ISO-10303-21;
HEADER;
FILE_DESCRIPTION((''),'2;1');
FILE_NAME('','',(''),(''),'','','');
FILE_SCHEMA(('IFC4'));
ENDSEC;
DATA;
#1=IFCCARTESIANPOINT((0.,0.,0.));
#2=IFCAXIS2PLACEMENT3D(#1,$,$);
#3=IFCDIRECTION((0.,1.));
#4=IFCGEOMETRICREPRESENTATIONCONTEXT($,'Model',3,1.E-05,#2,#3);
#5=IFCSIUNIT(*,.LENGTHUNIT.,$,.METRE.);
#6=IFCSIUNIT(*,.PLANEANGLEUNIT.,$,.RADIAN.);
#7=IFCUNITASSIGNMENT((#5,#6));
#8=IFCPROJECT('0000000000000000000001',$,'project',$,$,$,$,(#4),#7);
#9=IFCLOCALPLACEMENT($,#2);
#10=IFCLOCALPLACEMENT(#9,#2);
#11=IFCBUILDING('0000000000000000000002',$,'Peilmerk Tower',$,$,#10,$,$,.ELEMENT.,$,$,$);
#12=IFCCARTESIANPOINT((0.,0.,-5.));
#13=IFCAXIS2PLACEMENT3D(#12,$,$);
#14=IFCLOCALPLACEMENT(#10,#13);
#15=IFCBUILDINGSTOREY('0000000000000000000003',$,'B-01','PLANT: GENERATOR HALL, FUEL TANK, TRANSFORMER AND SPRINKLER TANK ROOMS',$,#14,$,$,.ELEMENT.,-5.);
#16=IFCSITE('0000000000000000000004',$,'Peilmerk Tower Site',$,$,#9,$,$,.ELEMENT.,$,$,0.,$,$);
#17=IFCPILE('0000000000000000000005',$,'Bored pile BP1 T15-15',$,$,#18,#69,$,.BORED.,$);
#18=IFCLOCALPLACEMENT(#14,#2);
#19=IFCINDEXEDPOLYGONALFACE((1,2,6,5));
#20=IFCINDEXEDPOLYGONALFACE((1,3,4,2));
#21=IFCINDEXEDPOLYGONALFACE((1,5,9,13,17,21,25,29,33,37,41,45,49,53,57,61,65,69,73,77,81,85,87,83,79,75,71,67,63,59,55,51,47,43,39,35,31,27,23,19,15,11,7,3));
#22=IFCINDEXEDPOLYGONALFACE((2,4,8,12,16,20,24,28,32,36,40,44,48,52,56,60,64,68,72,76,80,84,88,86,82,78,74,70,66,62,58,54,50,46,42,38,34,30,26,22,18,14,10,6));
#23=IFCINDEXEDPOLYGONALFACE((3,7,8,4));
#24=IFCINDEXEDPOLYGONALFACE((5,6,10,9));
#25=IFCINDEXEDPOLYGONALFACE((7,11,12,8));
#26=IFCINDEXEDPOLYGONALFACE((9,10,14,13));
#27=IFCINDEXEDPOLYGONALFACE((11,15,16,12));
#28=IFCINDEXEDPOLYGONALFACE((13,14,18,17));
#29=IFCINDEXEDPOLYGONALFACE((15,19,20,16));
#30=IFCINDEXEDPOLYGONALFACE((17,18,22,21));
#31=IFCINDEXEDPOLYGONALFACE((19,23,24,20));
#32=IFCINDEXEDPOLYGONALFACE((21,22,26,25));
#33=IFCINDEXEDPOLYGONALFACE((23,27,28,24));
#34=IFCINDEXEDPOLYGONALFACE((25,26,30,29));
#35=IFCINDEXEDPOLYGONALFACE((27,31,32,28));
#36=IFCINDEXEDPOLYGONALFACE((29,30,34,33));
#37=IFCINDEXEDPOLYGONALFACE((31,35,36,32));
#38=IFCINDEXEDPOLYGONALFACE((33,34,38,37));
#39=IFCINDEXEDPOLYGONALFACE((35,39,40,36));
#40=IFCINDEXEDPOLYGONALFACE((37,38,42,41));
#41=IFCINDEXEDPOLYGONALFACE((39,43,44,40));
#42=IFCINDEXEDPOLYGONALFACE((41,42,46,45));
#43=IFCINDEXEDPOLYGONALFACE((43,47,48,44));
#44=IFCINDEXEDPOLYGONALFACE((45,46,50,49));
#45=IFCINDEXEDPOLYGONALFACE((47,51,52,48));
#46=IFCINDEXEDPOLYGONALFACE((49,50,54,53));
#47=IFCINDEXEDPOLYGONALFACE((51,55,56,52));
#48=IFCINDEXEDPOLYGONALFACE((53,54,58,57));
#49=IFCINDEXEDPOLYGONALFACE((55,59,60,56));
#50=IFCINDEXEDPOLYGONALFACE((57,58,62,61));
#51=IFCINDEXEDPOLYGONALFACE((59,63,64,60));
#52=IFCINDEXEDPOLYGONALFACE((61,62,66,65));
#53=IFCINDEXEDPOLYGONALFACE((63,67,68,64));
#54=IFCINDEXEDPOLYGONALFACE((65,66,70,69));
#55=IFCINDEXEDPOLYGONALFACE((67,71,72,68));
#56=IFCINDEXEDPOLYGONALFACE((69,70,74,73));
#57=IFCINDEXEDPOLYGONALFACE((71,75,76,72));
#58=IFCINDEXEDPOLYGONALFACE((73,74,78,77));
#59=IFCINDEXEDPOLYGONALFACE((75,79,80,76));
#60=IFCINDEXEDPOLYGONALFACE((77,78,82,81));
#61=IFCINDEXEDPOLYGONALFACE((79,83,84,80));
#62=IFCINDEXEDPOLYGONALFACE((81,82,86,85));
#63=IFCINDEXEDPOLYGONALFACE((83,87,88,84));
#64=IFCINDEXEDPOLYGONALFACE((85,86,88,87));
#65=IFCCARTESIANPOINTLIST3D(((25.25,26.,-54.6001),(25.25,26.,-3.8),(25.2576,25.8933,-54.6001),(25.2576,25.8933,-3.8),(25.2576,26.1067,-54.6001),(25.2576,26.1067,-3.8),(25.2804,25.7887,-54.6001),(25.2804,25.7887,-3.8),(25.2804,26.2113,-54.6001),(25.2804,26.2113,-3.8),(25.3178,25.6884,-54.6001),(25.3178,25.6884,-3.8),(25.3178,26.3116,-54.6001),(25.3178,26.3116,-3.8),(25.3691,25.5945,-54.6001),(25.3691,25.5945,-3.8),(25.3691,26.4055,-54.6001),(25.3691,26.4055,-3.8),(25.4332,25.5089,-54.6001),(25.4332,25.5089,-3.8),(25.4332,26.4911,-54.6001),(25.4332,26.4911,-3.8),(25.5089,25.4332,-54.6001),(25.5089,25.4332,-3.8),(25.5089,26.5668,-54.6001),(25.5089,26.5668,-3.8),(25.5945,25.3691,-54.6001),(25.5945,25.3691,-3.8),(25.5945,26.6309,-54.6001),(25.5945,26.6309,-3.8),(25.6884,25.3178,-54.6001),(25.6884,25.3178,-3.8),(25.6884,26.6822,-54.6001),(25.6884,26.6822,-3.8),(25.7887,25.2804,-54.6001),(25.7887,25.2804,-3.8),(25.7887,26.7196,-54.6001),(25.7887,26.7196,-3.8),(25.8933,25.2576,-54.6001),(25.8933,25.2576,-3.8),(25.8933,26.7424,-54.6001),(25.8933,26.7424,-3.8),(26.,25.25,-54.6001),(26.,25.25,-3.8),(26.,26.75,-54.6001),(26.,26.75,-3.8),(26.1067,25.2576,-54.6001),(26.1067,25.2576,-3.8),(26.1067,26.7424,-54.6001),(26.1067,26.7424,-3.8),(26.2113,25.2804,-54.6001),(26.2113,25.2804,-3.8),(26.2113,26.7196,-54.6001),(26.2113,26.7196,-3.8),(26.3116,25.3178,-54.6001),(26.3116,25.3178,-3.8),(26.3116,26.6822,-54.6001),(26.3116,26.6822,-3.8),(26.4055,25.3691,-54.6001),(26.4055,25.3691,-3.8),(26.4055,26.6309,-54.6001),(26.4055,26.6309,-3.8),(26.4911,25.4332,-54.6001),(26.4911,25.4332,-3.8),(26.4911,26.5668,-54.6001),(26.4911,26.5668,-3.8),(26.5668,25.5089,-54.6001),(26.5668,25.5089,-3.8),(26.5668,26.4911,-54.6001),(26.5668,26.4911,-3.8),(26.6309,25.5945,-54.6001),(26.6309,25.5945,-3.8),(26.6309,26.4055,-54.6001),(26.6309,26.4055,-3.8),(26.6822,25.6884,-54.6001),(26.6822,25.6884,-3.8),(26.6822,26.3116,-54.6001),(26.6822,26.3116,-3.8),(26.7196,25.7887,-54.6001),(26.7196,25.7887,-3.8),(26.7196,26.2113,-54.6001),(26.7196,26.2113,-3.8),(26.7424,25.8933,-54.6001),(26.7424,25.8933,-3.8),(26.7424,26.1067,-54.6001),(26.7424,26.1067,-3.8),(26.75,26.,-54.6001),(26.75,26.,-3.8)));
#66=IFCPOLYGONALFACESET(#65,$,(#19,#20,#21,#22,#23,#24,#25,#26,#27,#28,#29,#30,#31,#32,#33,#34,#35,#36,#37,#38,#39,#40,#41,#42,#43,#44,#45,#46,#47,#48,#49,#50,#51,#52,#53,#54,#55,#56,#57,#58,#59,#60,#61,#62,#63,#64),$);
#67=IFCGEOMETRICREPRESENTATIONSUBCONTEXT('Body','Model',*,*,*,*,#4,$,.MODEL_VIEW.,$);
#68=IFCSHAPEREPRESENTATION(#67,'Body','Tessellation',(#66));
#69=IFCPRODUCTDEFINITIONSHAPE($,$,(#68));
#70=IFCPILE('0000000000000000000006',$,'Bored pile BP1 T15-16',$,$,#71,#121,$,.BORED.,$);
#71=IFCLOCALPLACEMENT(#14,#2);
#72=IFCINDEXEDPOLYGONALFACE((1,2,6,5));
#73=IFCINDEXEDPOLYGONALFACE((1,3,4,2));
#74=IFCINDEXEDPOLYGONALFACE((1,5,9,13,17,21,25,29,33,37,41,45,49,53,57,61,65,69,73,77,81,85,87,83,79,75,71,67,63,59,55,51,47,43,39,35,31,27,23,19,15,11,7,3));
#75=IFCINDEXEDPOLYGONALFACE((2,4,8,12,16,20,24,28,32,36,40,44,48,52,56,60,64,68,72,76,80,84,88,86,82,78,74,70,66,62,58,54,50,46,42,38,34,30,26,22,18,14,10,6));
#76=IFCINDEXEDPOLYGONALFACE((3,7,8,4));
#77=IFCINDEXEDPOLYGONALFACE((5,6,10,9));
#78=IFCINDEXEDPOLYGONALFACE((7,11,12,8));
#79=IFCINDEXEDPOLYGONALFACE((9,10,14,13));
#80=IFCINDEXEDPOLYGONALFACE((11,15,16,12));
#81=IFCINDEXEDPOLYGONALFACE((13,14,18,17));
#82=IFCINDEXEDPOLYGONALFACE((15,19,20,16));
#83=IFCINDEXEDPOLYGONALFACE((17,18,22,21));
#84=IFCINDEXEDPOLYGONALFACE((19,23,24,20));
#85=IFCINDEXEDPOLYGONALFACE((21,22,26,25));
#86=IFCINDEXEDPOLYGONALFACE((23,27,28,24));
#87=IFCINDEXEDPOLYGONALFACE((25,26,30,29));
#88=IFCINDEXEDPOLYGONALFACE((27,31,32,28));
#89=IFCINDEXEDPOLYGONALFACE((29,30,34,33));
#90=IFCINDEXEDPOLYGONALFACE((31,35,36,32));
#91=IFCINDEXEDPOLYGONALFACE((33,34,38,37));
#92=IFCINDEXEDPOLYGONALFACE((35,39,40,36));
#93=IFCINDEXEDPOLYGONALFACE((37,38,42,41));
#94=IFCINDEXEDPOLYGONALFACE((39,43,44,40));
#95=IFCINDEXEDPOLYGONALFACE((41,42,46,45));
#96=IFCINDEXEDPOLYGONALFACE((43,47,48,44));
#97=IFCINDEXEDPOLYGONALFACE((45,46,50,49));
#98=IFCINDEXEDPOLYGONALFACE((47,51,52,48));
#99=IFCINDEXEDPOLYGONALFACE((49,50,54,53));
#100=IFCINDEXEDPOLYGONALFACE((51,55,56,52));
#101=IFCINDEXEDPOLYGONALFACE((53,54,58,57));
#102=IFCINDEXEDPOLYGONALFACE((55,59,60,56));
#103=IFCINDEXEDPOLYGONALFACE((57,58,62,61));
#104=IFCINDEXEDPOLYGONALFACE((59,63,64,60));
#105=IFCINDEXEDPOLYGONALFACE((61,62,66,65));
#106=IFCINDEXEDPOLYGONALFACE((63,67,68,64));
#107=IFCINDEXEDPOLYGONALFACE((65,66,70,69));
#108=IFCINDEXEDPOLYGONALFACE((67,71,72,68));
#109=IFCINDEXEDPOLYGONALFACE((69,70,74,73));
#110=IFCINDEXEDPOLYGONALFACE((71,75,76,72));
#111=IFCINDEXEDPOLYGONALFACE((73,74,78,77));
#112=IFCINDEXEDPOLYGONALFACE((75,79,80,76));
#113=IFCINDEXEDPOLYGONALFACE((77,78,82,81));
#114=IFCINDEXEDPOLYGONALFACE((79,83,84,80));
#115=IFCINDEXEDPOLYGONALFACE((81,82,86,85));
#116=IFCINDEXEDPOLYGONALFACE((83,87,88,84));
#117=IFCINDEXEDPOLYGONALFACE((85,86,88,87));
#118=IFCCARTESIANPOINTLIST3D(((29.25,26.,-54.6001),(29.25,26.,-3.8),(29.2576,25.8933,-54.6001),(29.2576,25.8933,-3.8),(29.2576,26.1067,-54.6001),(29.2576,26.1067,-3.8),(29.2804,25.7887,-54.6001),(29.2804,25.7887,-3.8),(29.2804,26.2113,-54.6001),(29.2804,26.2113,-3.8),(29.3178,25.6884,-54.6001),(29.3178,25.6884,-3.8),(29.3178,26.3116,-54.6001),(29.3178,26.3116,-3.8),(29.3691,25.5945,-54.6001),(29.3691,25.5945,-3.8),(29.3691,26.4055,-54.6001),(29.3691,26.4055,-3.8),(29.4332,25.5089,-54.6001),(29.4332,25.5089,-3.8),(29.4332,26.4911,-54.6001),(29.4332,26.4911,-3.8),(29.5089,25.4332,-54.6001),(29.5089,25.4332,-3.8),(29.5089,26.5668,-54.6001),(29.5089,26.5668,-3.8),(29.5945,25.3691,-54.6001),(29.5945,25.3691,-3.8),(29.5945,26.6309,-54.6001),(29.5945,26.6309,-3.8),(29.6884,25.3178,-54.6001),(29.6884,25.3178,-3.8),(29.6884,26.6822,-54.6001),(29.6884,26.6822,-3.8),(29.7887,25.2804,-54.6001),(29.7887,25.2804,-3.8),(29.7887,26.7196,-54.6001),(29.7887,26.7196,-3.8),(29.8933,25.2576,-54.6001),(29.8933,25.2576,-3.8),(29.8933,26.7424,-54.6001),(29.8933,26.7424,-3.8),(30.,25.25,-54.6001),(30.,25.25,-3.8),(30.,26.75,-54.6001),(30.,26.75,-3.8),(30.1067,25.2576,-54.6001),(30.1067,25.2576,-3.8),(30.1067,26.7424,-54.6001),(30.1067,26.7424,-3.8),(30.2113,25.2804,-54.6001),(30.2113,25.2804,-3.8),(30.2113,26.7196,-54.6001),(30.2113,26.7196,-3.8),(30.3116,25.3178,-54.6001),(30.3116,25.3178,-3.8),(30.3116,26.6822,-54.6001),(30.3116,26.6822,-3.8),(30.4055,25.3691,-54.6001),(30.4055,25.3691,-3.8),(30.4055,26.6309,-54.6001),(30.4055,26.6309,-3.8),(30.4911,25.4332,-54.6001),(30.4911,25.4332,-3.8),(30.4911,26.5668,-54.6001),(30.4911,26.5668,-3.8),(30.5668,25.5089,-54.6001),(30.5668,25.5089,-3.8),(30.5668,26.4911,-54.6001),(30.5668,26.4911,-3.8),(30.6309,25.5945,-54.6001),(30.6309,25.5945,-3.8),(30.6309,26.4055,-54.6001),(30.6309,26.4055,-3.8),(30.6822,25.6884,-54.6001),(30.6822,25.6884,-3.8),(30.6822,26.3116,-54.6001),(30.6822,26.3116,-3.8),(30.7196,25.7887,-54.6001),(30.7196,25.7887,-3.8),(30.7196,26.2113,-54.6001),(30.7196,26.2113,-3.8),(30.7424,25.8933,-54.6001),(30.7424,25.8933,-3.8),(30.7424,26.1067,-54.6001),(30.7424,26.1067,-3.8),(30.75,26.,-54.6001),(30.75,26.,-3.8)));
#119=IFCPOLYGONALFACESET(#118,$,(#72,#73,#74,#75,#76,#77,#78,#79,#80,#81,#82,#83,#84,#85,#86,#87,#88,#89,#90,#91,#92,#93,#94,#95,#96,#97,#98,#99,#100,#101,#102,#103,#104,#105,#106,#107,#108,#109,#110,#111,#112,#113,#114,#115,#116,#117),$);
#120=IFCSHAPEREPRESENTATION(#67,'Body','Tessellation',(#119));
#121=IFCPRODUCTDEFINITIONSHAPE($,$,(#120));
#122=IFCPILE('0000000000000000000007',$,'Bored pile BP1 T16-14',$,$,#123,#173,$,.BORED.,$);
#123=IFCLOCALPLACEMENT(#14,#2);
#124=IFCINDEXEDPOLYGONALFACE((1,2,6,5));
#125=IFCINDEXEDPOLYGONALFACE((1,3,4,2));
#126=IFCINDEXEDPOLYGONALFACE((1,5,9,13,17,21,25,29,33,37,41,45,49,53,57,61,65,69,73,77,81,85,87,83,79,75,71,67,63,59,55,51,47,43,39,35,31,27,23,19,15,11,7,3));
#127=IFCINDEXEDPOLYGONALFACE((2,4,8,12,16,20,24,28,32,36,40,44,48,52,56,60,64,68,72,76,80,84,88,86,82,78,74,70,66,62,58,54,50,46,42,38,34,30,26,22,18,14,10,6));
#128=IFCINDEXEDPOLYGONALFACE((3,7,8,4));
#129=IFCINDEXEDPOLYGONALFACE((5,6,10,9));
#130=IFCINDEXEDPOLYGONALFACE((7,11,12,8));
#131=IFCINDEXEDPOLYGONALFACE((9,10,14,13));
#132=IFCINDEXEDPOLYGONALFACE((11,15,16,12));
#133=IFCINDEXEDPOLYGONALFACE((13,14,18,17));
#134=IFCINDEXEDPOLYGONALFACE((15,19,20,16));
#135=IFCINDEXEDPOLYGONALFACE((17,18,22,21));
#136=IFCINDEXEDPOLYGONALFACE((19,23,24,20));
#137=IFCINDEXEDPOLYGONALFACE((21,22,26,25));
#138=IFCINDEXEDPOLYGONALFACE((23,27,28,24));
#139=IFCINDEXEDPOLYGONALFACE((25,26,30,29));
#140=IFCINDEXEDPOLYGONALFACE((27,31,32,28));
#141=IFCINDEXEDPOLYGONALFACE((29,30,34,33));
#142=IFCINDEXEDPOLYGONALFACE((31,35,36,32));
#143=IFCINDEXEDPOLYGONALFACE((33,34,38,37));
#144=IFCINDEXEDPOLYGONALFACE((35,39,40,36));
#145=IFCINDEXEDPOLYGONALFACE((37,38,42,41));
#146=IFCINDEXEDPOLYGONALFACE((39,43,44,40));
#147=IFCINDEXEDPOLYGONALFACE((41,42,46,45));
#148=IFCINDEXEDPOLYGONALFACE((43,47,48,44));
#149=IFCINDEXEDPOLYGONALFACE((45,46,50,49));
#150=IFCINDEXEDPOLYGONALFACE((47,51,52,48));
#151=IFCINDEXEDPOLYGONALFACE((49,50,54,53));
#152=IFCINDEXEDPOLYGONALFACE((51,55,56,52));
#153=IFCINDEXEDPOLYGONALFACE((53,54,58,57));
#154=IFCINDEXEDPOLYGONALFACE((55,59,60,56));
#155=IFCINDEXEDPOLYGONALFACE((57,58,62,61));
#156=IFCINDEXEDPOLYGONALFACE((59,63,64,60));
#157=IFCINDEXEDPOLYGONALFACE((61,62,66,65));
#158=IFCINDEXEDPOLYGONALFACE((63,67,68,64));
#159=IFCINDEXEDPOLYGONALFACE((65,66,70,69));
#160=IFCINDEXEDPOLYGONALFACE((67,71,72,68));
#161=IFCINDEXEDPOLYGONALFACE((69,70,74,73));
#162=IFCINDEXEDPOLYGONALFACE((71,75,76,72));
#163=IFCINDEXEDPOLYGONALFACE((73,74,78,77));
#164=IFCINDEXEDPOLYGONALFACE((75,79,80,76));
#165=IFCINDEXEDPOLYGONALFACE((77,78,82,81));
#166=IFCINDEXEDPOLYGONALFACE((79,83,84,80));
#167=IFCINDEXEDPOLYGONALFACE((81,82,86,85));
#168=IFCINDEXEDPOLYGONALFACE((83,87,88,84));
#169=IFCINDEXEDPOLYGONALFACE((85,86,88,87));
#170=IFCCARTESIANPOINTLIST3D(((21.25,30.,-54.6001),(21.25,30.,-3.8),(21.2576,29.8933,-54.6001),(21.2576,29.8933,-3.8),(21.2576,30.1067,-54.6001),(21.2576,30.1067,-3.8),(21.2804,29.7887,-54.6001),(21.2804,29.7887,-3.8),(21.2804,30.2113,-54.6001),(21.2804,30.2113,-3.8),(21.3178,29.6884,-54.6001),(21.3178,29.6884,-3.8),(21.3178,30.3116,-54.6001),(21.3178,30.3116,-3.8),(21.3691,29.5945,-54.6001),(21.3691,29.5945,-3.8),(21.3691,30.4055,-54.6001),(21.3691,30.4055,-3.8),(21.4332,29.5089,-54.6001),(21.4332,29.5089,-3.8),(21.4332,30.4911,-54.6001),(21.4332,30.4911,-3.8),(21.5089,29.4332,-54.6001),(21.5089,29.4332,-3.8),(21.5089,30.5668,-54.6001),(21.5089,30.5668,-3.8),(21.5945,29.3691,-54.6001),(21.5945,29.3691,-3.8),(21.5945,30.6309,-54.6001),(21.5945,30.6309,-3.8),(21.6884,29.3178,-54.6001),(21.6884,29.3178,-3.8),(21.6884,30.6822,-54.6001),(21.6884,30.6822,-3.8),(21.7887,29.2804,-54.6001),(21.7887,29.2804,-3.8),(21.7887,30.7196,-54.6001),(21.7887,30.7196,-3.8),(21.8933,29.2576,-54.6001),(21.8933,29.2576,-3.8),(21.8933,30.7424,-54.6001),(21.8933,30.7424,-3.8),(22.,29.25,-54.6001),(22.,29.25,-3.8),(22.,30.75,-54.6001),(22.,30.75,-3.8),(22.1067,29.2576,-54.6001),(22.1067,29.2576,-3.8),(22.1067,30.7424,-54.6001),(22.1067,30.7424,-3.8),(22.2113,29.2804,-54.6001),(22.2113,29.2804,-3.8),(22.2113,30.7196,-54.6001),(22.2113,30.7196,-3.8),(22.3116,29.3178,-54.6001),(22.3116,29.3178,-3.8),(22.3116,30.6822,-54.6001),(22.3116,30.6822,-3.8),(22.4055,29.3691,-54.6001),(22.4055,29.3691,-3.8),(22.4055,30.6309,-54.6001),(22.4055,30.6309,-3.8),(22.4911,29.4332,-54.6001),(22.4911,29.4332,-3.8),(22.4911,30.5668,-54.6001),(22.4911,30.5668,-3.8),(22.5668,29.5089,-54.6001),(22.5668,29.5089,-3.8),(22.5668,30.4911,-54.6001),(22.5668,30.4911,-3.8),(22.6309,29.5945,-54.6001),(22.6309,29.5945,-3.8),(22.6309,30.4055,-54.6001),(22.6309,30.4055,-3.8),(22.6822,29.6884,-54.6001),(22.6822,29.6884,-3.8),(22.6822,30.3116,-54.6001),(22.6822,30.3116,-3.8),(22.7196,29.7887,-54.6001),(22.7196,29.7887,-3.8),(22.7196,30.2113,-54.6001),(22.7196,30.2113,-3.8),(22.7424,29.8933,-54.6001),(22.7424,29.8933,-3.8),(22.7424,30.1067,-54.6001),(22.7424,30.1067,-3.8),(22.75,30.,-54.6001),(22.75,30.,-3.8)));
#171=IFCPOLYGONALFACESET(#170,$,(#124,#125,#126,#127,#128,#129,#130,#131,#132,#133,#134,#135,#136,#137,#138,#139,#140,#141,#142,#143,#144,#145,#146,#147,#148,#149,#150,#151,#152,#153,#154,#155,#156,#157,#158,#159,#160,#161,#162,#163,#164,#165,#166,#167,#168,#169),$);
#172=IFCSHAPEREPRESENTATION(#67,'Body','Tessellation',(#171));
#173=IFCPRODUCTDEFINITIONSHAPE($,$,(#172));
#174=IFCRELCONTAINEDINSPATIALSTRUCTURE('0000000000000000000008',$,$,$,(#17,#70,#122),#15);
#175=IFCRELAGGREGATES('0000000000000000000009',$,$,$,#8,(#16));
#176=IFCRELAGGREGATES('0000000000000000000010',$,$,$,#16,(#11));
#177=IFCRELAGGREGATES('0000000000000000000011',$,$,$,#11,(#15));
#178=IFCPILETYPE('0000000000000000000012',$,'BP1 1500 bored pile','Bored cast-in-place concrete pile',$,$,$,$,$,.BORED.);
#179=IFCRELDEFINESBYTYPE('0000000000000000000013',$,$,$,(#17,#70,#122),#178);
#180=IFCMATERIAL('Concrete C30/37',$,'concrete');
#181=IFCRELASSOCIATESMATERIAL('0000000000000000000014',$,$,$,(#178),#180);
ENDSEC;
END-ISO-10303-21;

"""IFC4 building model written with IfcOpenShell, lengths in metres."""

from ifc_helpers import new_model, si_unit, direction, frame, origin, origin_2d, place, context, subcontext, project, spatial, circle, extrude, material, material_profile, profile_set, type_object, element, save


model = new_model("IFC4")

# Units and contexts
model_context = context("Model", 3, precision=1e-05, world=origin(), true_north=direction((0.0, 1.0)))
body_context = subcontext(model_context, "Body", "Model", "MODEL_VIEW")
ifc_project = project(units=[si_unit("LENGTHUNIT", "METRE"), si_unit("PLANEANGLEUNIT", "RADIAN")], contexts=[model_context])

# Site, building, storey
site_placement = place(None, origin())
site = spatial("IfcSite", under=ifc_project, at=site_placement, Name="Peilmerk Tower Site", CompositionType="ELEMENT", RefElevation=0.0)
building_placement = place(site_placement, origin())
building = spatial("IfcBuilding", under=site, at=building_placement, Name="Peilmerk Tower", CompositionType="ELEMENT")
storey_placement = place(building_placement, frame((0.0, 0.0, -5.0)))
storey = spatial("IfcBuildingStorey", under=building, at=storey_placement, Name="B-01", Description="PLANT: GENERATOR HALL, FUEL TANK, TRANSFORMER AND SPRINKLER TANK ROOMS", CompositionType="ELEMENT", Elevation=-5.0)

# Piles
ifc_material_1 = material(Name="Concrete C30/37", Category="concrete")
ifc_material_profile_1 = material_profile(ifc_material_1, circle(Radius=0.75, at=origin_2d()), Name="BP 1500")
ifc_profile_set_1 = profile_set([ifc_material_profile_1], Name="Concrete C30/37")
pile_type_1 = type_object("IfcPileType", Name="BP1 1500 bored pile", Description="Bored cast-in-place concrete pile", PredefinedType="BORED", material=ifc_profile_set_1)
for number, where, z_axis, x_axis, name in (
    (1, (26.0, 26.0, -3.8), (0.0, 0.0, -1.0), (1.0, 0.0, 0.0), "Bored pile BP1 T15-15"),
    (2, (30.0, 26.0, -3.8), (0.0, 0.0, -1.0), (1.0, 0.0, 0.0), "Bored pile BP1 T15-16"),
    (3, (22.0, 30.0, -3.8), (0.0, 0.0, -1.0), (1.0, 0.0, 0.0), "Bored pile BP1 T16-14"),
):
    element("IfcPile", number, at=place(storey_placement, frame(where, z_axis=z_axis, x_axis=x_axis)), inside=storey, type_object=pile_type_1, Name=name, PredefinedType="BORED", context=body_context, shape_type="SweptSolid", body=[
        extrude(circle(Radius=0.75, at=origin_2d()), origin(), (0.0, 0.0, 1.0), 50.8),
    ])

save(model, "model.ifc")
